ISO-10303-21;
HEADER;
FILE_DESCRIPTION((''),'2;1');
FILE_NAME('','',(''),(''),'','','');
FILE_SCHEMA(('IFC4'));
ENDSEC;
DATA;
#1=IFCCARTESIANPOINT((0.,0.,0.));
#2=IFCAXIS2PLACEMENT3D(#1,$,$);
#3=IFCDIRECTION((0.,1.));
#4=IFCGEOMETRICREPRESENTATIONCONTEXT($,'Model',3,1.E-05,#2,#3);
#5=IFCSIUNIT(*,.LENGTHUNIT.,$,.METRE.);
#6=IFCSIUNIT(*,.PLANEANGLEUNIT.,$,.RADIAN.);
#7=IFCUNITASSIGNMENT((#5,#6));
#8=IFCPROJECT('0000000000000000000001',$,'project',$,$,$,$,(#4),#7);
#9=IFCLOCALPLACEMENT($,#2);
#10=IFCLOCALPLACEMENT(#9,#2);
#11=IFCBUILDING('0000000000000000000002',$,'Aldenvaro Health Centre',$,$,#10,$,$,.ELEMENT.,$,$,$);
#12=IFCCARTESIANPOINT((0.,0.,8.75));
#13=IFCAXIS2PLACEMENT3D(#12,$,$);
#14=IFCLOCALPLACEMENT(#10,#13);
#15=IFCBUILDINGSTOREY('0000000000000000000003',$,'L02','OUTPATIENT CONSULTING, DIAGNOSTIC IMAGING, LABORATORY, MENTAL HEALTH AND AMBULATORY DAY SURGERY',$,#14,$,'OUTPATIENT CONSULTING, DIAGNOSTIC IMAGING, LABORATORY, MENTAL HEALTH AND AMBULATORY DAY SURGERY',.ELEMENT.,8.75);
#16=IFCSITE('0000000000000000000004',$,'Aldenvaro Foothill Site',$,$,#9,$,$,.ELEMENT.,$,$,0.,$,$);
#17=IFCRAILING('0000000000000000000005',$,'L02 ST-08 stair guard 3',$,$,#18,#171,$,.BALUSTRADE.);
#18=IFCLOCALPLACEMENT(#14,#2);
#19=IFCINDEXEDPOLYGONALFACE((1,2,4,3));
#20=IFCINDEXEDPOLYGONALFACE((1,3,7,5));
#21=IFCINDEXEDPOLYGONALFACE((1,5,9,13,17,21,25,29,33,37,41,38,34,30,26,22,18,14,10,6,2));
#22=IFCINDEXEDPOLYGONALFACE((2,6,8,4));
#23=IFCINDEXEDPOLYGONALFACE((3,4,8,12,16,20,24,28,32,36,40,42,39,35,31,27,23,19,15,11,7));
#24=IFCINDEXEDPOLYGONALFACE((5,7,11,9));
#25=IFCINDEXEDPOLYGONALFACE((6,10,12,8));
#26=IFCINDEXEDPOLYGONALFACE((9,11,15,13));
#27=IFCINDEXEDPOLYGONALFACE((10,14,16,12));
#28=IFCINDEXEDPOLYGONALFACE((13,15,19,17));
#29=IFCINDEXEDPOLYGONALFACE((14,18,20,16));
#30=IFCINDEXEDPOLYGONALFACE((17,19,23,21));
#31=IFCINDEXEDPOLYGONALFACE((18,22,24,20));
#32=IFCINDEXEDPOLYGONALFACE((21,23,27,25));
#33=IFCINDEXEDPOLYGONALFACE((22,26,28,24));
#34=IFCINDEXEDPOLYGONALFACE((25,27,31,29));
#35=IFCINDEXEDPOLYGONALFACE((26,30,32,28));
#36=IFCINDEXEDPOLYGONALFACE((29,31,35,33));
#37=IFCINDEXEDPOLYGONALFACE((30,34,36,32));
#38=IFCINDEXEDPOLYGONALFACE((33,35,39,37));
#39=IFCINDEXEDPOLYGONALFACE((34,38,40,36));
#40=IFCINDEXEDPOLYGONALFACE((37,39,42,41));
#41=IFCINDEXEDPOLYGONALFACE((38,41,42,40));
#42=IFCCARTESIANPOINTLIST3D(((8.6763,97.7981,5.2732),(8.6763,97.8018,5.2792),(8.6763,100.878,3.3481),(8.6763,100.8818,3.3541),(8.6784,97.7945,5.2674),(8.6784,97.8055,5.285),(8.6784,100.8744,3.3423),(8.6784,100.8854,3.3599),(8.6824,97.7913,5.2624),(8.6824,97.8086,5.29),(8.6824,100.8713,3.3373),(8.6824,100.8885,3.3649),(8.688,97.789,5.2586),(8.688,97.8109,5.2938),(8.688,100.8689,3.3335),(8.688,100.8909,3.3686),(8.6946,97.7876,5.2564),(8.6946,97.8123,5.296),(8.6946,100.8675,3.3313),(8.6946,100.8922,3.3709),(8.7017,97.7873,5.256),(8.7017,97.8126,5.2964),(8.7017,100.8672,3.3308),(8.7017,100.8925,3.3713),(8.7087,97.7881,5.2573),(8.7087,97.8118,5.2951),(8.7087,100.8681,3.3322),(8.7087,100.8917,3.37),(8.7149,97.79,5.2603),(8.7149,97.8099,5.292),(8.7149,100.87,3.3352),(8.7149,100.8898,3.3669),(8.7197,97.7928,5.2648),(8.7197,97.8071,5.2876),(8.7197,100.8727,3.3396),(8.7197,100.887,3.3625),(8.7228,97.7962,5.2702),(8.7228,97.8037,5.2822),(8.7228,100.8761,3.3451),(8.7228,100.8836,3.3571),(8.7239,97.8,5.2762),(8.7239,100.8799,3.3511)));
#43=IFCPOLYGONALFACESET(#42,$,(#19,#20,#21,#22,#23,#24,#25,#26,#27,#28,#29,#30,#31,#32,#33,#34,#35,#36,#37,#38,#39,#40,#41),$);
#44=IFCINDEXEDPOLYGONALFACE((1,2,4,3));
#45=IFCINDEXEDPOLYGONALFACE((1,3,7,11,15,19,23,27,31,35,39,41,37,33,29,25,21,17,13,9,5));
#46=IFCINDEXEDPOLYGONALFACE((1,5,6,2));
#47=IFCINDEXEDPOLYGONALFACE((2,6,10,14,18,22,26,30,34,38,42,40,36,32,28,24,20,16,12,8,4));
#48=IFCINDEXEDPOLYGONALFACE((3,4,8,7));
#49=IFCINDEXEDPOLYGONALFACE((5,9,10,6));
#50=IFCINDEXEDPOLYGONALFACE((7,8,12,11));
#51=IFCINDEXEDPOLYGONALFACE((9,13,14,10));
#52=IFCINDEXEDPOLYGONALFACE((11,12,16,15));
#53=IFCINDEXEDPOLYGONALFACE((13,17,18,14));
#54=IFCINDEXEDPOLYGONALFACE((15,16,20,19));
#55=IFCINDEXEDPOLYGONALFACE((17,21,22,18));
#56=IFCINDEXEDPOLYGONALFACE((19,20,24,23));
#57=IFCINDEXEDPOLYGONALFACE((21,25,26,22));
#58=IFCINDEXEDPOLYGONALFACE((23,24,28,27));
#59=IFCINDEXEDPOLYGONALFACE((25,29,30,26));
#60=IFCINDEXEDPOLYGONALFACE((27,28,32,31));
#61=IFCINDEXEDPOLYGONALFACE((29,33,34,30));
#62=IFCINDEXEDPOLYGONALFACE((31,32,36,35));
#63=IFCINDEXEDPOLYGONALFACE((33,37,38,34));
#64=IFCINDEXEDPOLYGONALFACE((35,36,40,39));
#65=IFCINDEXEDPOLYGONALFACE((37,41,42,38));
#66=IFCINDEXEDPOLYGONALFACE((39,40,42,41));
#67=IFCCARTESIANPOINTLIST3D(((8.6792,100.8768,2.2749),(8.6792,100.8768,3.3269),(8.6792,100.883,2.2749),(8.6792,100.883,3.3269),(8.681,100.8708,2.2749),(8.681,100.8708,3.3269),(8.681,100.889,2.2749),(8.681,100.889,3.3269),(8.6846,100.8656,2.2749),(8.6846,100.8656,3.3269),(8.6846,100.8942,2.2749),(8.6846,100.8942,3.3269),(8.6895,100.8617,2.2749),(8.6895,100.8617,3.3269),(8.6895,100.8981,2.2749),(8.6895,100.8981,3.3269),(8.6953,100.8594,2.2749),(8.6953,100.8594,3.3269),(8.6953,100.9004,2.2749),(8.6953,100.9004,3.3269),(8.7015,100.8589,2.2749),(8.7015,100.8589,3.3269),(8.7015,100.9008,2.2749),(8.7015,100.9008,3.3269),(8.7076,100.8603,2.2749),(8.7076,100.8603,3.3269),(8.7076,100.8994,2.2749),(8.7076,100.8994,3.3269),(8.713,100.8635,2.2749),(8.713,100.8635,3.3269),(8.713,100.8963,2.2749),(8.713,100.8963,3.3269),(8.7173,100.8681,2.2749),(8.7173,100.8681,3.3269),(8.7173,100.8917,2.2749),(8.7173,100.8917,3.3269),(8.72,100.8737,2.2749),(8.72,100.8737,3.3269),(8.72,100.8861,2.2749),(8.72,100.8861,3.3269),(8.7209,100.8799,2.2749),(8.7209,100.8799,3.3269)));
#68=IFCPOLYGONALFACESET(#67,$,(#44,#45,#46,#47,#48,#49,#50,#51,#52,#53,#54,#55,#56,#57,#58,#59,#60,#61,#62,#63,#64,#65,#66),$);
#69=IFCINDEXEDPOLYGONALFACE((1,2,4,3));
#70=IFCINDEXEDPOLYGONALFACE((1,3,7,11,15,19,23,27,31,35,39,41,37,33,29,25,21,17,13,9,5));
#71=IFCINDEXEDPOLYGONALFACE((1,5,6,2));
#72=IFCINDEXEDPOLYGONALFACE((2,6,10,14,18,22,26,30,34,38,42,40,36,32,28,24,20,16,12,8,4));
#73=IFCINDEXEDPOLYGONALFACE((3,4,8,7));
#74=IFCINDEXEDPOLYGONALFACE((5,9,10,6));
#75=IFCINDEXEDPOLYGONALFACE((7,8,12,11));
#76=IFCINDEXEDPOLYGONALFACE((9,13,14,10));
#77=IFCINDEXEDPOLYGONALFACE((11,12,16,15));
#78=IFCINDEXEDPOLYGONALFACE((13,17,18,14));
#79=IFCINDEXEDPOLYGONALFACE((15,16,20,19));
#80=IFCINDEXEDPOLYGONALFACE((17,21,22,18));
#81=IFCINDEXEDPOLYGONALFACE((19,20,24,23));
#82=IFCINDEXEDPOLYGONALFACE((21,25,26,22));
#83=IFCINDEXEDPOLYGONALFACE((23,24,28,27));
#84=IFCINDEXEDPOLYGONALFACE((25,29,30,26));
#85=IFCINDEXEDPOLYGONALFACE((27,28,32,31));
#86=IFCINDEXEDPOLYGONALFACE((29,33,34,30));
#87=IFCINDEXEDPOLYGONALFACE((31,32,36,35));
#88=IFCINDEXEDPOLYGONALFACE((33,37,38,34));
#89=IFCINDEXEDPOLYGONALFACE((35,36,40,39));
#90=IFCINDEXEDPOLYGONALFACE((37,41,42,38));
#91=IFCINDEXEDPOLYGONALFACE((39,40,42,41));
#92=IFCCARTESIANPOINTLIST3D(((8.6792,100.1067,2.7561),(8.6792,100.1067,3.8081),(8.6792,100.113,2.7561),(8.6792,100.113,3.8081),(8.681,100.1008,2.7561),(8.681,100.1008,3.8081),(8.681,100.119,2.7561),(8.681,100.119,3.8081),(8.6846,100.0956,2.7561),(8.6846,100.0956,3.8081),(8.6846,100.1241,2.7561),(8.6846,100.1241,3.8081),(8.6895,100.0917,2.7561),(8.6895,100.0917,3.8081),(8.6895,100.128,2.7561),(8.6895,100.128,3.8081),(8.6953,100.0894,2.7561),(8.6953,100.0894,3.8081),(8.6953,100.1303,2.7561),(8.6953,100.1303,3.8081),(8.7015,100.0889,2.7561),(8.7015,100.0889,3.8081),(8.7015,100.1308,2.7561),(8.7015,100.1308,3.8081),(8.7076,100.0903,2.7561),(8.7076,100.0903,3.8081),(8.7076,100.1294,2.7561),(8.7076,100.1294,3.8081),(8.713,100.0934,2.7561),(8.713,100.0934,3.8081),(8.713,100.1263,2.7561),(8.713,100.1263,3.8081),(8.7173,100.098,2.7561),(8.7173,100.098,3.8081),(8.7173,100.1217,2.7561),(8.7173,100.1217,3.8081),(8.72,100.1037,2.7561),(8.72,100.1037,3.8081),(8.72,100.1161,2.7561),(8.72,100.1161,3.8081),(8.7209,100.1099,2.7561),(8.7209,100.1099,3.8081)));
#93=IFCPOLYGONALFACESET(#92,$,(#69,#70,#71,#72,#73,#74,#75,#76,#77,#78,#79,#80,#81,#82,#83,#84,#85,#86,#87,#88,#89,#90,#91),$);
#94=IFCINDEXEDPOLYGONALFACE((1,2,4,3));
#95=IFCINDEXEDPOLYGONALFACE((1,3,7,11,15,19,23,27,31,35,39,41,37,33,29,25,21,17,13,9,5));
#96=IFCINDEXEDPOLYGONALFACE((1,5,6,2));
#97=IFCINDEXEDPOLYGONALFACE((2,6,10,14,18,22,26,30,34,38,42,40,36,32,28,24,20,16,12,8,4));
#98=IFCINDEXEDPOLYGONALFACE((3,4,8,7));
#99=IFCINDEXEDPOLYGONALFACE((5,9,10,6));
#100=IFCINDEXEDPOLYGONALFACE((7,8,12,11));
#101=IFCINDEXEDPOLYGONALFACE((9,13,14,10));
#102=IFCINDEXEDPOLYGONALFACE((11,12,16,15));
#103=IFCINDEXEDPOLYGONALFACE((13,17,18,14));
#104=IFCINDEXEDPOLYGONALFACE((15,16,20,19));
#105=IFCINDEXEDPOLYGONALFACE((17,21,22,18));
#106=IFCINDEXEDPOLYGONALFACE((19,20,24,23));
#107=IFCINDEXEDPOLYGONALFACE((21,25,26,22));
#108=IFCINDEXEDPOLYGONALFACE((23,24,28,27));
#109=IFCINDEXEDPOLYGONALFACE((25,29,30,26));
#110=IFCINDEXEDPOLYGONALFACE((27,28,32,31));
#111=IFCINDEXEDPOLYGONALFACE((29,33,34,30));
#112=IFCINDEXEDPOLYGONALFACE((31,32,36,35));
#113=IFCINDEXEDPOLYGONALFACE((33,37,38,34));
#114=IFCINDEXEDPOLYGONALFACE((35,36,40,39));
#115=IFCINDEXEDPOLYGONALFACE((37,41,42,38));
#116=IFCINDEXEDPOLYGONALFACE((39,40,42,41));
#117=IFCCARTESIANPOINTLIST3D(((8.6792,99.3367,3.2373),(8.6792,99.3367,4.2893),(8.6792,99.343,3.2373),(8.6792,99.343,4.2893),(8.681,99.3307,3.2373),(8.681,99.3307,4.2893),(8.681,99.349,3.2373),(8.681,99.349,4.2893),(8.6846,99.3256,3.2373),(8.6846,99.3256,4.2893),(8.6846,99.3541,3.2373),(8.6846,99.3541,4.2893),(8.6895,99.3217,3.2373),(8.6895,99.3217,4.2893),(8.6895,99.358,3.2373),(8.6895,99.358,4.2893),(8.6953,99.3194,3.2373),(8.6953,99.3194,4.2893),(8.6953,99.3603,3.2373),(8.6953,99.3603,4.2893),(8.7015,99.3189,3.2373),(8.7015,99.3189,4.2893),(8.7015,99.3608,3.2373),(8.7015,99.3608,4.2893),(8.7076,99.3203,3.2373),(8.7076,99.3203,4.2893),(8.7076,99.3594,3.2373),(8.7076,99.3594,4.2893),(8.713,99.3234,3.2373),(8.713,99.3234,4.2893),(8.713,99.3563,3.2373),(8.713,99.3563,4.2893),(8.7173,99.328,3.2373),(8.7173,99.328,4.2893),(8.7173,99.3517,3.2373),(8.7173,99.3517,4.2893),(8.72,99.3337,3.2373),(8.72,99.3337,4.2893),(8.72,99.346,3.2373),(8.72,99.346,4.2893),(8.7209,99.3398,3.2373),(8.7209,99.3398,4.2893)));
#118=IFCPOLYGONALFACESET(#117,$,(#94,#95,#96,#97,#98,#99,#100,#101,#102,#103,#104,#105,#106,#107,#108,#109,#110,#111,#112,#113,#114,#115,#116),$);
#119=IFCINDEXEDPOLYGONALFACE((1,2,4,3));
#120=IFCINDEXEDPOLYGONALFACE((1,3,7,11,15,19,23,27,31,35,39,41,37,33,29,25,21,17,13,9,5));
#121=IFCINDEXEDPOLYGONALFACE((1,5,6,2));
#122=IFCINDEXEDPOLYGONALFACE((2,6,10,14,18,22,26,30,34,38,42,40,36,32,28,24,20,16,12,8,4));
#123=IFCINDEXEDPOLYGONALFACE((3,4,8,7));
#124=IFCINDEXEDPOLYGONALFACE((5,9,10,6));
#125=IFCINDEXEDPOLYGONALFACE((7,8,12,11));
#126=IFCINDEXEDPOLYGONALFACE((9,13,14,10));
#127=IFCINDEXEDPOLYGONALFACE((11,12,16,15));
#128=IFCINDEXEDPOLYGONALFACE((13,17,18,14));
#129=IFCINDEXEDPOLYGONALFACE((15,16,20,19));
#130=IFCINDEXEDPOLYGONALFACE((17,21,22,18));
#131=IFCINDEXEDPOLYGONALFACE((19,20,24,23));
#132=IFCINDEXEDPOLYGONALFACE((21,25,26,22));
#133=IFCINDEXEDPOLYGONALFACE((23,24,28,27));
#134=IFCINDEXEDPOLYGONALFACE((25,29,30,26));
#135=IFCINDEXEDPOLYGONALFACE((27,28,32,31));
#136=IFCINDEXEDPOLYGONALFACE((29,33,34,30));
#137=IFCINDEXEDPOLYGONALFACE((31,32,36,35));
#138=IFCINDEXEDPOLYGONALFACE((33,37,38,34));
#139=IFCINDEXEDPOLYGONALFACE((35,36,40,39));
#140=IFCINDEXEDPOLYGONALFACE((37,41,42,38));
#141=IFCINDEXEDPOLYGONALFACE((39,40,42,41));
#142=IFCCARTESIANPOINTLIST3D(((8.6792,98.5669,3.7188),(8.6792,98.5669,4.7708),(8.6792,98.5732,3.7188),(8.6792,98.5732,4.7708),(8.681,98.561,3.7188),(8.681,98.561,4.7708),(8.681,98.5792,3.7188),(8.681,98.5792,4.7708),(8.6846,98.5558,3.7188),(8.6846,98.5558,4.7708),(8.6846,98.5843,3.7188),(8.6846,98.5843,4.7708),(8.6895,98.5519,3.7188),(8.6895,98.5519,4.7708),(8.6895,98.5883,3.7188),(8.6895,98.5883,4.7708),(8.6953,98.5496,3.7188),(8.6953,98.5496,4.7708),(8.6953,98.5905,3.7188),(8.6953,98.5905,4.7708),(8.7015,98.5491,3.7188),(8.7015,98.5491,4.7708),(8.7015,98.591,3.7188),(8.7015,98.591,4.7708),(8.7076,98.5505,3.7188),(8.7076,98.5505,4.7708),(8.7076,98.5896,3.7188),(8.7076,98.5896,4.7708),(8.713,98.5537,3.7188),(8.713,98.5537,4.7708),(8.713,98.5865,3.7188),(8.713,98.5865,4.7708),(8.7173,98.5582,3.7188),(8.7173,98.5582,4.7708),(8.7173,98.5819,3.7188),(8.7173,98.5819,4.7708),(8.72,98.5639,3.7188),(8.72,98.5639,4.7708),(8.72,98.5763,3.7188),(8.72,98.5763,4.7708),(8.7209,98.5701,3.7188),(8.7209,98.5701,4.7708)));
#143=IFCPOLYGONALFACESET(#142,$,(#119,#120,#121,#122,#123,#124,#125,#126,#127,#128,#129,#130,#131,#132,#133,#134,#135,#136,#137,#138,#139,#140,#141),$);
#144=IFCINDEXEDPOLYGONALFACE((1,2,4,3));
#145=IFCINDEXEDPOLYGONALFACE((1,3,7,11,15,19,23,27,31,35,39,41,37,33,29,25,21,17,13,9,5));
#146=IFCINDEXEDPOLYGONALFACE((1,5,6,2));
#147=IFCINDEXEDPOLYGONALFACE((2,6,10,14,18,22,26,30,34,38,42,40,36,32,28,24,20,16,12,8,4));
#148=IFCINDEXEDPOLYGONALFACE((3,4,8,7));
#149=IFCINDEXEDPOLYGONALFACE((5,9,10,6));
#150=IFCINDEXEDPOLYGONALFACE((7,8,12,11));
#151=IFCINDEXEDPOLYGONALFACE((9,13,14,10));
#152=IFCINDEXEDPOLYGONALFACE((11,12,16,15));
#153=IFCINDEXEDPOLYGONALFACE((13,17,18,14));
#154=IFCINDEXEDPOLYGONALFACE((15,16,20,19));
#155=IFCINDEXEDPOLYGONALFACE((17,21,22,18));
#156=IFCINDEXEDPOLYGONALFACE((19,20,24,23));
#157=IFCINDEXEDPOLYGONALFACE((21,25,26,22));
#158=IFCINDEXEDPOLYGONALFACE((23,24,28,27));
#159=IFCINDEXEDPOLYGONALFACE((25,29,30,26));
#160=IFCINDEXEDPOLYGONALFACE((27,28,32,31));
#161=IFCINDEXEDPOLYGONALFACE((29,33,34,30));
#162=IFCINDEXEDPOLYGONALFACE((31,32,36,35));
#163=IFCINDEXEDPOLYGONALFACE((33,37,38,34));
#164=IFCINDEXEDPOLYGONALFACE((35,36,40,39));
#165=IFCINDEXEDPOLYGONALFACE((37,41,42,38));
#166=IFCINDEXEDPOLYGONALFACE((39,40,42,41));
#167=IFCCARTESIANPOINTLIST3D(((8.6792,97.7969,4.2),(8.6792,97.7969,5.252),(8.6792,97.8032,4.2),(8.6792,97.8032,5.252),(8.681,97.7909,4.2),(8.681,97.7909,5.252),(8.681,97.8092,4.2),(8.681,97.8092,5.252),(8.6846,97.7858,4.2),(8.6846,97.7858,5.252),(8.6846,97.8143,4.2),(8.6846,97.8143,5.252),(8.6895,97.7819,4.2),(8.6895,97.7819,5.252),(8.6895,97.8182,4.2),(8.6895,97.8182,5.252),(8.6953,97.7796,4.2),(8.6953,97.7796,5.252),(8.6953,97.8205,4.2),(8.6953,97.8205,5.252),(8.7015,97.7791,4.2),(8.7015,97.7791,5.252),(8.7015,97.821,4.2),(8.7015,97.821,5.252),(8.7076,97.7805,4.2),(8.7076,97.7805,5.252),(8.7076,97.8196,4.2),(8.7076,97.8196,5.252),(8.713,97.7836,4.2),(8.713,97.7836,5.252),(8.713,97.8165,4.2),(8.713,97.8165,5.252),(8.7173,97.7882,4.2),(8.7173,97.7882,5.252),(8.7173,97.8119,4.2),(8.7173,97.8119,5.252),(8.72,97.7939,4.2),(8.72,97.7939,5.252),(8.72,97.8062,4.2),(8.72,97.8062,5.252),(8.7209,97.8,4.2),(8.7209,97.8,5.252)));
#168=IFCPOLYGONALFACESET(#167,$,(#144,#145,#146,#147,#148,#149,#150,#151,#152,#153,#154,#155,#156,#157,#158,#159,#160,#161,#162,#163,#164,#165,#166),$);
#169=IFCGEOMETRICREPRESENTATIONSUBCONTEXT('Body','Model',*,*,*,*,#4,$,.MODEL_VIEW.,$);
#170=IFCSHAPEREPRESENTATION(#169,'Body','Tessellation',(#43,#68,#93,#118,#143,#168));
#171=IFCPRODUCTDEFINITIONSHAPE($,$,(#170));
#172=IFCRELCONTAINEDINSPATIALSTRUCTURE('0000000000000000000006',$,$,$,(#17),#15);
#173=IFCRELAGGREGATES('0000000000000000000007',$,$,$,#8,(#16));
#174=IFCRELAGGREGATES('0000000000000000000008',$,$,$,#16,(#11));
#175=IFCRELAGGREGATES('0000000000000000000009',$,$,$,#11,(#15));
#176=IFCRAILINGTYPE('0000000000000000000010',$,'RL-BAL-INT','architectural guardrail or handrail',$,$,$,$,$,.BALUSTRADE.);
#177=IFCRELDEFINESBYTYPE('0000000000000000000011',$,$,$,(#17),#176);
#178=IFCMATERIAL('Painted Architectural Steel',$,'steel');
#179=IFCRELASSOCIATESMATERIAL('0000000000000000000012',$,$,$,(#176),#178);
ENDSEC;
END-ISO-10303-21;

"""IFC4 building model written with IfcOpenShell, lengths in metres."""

from ifc_helpers import new_model, si_unit, direction, frame, origin, origin_2d, place, context, subcontext, project, spatial, circle, extrude, material, type_object, element, save


model = new_model("IFC4")

# Units and contexts
model_context = context("Model", 3, precision=1e-05, world=origin(), true_north=direction((0.0, 1.0)))
body_context = subcontext(model_context, "Body", "Model", "MODEL_VIEW")
ifc_project = project(units=[si_unit("LENGTHUNIT", "METRE"), si_unit("PLANEANGLEUNIT", "RADIAN")], contexts=[model_context])

# Site, building, storey
site_placement = place(None, origin())
site = spatial("IfcSite", under=ifc_project, at=site_placement, Name="Aldenvaro Foothill Site", CompositionType="ELEMENT", RefElevation=0.0)
building_placement = place(site_placement, origin())
building = spatial("IfcBuilding", under=site, at=building_placement, Name="Aldenvaro Health Centre", CompositionType="ELEMENT")
storey_placement = place(building_placement, frame((0.0, 0.0, 8.75)))
storey = spatial("IfcBuildingStorey", under=building, at=storey_placement, Name="L02", Description="OUTPATIENT CONSULTING, DIAGNOSTIC IMAGING, LABORATORY, MENTAL HEALTH AND AMBULATORY DAY SURGERY", LongName="OUTPATIENT CONSULTING, DIAGNOSTIC IMAGING, LABORATORY, MENTAL HEALTH AND AMBULATORY DAY SURGERY", CompositionType="ELEMENT", Elevation=8.75)

# Railing
ifc_material_1 = material(Name="Painted Architectural Steel", Category="steel")
railing_type_1 = type_object("IfcRailingType", Name="RL-BAL-INT", Description="architectural guardrail or handrail", PredefinedType="BALUSTRADE", material=ifc_material_1)
railing_1_placement = place(storey_placement, frame((8.7, 100.8799, 2.2749)))
element("IfcRailing", 1, at=railing_1_placement, inside=storey, type_object=railing_type_1, Name="L02 ST-08 stair guard 3", PredefinedType="BALUSTRADE", context=body_context, shape_type="SweptSolid", body=[
    extrude(circle(Radius=0.0239, at=origin_2d()), frame((0.0, 0.0, 1.0762), z_axis=(0.0, -0.847979, 0.530029), x_axis=(1.0, 0.0, 0.0)), (0.0, 0.0, 1.0), 3.6321),
    extrude(circle(Radius=0.021, at=origin_2d()), origin(), (0.0, 0.0, 1.0), 1.052),
    extrude(circle(Radius=0.021, at=origin_2d()), frame((0.0, -0.77, 0.4812)), (0.0, 0.0, 1.0), 1.052),
    extrude(circle(Radius=0.021, at=origin_2d()), frame((0.0, -1.54, 0.9624)), (0.0, 0.0, 1.0), 1.052),
    extrude(circle(Radius=0.021, at=origin_2d()), frame((0.0, -2.3098, 1.4438)), (0.0, 0.0, 1.0), 1.052),
    extrude(circle(Radius=0.021, at=origin_2d()), frame((0.0, -3.0798, 1.925)), (0.0, 0.0, 1.0), 1.052),
])

save(model, "model.ifc")
